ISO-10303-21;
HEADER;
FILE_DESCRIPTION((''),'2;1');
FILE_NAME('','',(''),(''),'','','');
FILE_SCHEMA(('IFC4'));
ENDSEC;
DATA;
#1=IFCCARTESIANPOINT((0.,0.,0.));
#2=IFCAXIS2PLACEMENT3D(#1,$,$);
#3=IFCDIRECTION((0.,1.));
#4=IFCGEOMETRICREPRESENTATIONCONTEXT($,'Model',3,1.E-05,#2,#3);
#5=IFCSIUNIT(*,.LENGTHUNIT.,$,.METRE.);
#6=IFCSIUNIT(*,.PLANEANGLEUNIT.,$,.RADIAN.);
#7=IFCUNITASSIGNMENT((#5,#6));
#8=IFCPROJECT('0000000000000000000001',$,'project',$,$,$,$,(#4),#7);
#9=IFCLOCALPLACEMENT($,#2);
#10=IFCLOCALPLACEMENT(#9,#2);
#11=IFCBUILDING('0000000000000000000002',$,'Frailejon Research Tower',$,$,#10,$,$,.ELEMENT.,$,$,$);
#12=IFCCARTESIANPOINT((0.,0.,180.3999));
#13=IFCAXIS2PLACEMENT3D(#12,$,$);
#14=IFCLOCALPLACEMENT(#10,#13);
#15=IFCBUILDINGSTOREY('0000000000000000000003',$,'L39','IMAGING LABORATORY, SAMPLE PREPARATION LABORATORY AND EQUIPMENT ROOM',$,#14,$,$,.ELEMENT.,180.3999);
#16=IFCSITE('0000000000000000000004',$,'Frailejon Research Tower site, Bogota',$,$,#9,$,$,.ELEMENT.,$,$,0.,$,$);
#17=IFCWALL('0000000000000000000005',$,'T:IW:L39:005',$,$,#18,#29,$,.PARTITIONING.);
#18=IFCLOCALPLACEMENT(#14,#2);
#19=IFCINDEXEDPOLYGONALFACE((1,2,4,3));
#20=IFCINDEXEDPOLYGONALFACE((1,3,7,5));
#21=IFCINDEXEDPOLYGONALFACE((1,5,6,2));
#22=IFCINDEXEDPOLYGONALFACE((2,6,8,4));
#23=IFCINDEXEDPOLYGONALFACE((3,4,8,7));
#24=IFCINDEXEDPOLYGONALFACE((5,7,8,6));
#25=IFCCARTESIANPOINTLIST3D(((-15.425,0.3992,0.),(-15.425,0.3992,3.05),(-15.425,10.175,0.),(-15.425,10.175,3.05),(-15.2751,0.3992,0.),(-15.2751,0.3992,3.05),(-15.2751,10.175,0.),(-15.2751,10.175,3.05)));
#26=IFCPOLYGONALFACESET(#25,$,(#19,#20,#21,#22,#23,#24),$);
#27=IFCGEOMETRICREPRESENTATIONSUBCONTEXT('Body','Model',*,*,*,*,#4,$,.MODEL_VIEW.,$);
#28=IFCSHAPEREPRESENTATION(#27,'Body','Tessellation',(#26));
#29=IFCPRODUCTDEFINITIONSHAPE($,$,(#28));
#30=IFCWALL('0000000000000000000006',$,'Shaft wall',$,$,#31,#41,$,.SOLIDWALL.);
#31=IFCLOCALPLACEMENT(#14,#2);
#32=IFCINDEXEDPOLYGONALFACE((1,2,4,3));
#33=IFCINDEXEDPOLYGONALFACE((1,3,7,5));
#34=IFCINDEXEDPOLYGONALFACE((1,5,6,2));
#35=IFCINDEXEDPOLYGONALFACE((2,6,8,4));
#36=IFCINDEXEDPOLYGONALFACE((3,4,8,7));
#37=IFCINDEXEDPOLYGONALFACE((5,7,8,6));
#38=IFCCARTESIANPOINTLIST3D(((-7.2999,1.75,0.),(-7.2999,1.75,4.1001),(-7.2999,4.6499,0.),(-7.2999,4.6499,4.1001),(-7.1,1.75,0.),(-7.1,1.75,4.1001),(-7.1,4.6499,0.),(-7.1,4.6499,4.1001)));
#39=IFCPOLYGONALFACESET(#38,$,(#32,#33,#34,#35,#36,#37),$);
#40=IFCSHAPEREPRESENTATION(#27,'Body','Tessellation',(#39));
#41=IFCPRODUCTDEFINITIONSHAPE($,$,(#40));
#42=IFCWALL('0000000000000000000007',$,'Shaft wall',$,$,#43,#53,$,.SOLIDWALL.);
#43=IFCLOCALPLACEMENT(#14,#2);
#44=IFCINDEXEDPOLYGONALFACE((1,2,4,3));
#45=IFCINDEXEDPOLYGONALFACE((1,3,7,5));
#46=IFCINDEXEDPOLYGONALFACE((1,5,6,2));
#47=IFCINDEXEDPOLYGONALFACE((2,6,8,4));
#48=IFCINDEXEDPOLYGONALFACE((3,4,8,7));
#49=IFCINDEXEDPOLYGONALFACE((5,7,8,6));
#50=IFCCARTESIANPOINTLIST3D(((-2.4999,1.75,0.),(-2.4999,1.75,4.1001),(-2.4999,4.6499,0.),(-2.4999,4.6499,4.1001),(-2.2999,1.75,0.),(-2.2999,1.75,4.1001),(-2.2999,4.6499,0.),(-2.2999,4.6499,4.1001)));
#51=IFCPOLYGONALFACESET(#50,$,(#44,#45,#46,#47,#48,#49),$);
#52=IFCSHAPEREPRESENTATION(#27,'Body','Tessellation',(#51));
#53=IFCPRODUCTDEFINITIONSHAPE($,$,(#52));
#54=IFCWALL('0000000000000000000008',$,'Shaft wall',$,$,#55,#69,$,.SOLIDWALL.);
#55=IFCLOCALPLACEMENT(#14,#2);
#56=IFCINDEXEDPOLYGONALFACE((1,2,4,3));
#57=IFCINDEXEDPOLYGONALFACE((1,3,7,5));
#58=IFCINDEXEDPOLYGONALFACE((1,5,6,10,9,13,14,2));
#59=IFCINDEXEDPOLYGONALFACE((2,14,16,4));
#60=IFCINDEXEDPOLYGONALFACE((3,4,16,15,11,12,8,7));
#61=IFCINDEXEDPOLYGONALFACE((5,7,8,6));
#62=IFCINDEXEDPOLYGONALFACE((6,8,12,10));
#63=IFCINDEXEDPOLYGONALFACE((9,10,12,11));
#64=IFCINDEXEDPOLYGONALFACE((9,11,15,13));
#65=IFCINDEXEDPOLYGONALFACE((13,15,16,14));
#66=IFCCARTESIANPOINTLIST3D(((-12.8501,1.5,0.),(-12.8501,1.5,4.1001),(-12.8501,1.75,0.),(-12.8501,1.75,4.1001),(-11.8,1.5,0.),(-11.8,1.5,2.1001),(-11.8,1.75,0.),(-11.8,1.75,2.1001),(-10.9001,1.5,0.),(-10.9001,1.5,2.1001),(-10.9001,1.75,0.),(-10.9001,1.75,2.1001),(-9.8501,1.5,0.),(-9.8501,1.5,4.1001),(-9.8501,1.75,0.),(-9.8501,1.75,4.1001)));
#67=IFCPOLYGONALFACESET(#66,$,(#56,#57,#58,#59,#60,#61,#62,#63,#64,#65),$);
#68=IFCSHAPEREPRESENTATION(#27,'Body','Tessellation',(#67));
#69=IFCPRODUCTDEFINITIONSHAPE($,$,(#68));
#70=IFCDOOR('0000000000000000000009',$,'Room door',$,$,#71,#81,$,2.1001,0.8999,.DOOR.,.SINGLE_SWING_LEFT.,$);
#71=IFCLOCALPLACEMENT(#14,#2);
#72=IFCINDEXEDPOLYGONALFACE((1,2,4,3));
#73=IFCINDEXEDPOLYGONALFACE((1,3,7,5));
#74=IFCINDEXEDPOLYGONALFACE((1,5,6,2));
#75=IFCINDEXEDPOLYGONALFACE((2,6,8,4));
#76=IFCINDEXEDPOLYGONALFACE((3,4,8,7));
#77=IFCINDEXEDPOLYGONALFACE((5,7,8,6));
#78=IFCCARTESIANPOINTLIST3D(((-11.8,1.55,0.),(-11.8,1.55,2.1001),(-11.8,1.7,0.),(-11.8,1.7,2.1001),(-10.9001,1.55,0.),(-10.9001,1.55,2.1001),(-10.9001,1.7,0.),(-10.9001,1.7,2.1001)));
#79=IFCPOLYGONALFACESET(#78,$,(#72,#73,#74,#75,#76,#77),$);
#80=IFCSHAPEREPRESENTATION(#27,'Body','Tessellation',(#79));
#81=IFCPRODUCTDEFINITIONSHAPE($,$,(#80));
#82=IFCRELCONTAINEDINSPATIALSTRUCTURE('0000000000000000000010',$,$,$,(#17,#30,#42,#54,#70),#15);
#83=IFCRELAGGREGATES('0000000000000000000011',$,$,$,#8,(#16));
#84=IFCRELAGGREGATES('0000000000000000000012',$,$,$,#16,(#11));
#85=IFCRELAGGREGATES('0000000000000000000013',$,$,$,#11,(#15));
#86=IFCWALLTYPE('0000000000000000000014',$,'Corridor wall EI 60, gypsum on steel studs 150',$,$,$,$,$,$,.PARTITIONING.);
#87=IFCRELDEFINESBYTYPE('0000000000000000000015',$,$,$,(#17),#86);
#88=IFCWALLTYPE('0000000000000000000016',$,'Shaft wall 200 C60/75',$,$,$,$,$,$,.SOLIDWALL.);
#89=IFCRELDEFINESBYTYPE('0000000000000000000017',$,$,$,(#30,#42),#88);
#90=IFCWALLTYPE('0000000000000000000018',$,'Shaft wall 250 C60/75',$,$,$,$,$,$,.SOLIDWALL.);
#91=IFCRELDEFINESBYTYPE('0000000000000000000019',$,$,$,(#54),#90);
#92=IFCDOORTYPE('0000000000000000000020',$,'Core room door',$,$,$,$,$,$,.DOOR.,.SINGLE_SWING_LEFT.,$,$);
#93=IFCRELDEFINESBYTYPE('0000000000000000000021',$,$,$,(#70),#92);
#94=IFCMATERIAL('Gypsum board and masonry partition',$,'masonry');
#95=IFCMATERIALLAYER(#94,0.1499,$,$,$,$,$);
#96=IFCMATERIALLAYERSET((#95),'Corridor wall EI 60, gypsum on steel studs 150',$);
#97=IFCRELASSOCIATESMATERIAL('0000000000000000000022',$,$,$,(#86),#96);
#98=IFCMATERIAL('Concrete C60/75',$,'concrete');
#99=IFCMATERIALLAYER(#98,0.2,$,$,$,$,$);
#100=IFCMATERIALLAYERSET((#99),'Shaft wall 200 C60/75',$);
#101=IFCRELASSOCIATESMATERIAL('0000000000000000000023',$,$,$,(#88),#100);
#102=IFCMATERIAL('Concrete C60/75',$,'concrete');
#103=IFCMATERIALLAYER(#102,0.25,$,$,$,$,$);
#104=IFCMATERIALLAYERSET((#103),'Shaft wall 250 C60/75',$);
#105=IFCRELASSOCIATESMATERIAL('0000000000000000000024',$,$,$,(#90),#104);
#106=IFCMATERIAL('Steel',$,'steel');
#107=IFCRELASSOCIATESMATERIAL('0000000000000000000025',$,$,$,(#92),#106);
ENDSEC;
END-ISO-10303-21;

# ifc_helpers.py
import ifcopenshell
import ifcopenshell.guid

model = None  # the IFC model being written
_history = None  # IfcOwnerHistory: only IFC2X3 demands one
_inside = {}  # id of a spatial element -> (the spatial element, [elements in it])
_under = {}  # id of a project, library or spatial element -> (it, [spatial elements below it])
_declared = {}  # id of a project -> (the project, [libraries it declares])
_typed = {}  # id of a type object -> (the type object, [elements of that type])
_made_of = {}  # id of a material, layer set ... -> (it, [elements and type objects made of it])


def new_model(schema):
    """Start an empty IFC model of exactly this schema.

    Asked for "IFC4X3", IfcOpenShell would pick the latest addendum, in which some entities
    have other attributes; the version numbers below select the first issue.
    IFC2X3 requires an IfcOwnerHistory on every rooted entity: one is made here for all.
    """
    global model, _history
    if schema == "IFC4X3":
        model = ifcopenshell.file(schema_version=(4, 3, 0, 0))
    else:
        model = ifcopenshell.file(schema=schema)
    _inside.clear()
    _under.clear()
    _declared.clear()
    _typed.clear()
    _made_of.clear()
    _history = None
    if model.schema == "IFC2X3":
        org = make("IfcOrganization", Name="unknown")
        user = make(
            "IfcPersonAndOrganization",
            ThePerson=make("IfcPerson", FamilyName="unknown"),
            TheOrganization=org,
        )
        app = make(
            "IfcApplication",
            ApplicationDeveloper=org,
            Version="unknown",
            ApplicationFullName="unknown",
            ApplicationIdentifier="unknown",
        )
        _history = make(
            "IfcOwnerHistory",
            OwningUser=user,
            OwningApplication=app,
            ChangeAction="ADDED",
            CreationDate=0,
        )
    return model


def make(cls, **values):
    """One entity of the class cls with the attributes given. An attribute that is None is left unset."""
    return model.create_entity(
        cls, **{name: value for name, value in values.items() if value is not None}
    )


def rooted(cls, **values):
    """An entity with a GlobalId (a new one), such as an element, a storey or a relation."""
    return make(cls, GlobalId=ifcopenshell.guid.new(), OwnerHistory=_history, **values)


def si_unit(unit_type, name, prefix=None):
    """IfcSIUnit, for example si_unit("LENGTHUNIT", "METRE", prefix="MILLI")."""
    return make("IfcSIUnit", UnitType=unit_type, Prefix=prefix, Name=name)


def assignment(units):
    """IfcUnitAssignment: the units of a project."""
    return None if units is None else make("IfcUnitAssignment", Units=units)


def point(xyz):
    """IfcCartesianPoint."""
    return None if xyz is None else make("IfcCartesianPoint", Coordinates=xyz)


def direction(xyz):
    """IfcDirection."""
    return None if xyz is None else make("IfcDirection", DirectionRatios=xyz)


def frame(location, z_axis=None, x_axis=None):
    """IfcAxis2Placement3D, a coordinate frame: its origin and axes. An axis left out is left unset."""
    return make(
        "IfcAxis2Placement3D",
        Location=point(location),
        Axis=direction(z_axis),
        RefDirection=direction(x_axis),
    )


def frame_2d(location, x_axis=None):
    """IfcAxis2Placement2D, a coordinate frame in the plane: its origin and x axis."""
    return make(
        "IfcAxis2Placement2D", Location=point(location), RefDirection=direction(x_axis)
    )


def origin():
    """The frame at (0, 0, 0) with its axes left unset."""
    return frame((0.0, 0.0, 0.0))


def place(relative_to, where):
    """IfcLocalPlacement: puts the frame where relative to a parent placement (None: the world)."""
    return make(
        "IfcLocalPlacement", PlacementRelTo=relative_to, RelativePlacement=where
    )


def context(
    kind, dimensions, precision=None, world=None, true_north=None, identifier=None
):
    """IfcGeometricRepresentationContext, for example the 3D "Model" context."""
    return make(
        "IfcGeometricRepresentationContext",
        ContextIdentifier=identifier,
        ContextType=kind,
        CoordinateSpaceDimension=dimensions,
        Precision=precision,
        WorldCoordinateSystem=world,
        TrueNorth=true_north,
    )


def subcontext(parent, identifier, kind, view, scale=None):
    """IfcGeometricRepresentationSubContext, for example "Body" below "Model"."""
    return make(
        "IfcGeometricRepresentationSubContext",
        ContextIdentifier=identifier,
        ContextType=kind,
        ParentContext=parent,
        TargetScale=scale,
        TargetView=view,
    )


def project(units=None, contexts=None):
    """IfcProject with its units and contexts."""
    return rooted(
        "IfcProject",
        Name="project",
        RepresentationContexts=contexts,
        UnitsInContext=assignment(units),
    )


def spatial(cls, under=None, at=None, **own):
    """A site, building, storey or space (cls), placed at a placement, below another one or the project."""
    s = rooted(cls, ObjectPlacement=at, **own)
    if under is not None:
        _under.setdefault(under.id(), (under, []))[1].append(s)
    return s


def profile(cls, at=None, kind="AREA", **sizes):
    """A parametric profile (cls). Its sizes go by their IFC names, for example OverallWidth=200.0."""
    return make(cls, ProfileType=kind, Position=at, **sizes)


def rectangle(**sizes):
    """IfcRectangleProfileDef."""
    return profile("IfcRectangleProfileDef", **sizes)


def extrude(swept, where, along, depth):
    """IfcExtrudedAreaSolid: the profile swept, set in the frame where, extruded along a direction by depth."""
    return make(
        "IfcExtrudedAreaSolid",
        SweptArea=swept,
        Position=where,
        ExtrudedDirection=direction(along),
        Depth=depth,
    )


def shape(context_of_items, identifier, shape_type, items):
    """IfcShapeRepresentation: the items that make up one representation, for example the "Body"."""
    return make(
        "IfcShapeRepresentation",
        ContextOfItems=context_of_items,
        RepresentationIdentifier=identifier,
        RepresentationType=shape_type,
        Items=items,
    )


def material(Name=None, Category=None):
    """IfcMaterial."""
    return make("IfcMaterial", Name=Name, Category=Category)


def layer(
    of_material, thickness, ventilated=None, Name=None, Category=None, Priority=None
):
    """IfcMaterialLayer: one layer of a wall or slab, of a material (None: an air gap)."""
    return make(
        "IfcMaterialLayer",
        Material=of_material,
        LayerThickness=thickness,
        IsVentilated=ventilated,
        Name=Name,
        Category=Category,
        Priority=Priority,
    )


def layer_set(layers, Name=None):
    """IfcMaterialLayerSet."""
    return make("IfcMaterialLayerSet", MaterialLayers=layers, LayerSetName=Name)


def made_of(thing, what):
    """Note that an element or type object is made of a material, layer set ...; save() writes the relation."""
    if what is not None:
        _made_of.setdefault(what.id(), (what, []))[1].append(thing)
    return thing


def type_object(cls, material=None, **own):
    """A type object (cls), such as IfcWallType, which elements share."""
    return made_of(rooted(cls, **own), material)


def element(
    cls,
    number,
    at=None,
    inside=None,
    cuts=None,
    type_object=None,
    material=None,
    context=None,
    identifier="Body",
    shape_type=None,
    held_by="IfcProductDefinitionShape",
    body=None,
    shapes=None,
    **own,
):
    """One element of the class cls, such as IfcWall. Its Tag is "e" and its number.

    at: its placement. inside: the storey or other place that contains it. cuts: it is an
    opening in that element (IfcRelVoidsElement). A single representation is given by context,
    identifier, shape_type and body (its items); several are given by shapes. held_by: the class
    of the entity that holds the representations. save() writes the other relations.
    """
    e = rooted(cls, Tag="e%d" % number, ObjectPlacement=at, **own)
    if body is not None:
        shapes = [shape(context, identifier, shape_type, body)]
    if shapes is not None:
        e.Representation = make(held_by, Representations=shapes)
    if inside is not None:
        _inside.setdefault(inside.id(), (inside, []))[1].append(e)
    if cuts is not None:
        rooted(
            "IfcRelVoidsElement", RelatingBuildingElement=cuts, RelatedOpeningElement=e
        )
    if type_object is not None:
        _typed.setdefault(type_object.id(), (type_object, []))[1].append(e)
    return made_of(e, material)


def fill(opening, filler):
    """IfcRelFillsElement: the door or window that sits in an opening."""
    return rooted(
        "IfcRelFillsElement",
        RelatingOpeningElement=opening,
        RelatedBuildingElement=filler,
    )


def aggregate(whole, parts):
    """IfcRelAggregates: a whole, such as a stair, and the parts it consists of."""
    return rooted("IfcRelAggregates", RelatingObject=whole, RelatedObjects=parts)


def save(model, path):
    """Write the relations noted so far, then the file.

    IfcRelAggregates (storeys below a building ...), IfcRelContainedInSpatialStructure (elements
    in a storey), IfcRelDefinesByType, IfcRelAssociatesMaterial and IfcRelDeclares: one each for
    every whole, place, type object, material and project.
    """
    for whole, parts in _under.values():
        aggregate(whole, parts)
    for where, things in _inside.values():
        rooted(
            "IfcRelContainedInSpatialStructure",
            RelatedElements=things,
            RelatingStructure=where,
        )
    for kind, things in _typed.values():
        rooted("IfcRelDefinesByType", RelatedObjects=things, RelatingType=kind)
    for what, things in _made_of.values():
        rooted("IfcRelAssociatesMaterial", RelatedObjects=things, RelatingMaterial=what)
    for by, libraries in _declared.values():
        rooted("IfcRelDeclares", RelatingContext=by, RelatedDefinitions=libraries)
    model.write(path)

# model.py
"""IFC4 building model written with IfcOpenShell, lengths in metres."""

from ifc_helpers import new_model, si_unit, direction, frame, frame_2d, origin, place, context, subcontext, project, spatial, rectangle, extrude, material, layer, layer_set, type_object, element, fill, save


model = new_model("IFC4")

# Units and contexts
model_context = context("Model", 3, precision=1e-05, world=origin(), true_north=direction((0.0, 1.0)))
body_context = subcontext(model_context, "Body", "Model", "MODEL_VIEW")
ifc_project = project(units=[si_unit("LENGTHUNIT", "METRE"), si_unit("PLANEANGLEUNIT", "RADIAN")], contexts=[model_context])

# Site, building, storey
site_placement = place(None, origin())
site = spatial("IfcSite", under=ifc_project, at=site_placement, Name="Frailejon Research Tower site, Bogota", CompositionType="ELEMENT", RefElevation=0.0)
building_placement = place(site_placement, origin())
building = spatial("IfcBuilding", under=site, at=building_placement, Name="Frailejon Research Tower", CompositionType="ELEMENT")
storey_placement = place(building_placement, frame((0.0, 0.0, 180.3999)))
storey = spatial("IfcBuildingStorey", under=building, at=storey_placement, Name="L39", Description="IMAGING LABORATORY, SAMPLE PREPARATION LABORATORY AND EQUIPMENT ROOM", CompositionType="ELEMENT", Elevation=180.3999)

# Walls
ifc_material_1 = material(Name="Gypsum board and masonry partition", Category="masonry")
ifc_layer_1 = layer(ifc_material_1, 0.1499)
ifc_layer_set_1 = layer_set([ifc_layer_1], Name="Corridor wall EI 60, gypsum on steel studs 150")
wall_type_1 = type_object("IfcWallType", Name="Corridor wall EI 60, gypsum on steel studs 150", PredefinedType="PARTITIONING", material=ifc_layer_set_1)
wall_1_placement = place(storey_placement, frame((-15.3501, 0.3992, 0.0), z_axis=(0.0, 0.0, 1.0), x_axis=(0.0, 1.0, 0.0)))
element("IfcWall", 1, at=wall_1_placement, inside=storey, type_object=wall_type_1, Name="T:IW:L39:005", PredefinedType="PARTITIONING", context=body_context, shape_type="SweptSolid", body=[
    extrude(rectangle(XDim=9.7759, YDim=0.1499, at=frame_2d((4.8879, 0.0))), origin(), (0.0, 0.0, 1.0), 3.05),
])
ifc_material_2 = material(Name="Concrete C60/75", Category="concrete")
ifc_layer_2 = layer(ifc_material_2, 0.2)
ifc_layer_set_2 = layer_set([ifc_layer_2], Name="Shaft wall 200 C60/75")
wall_type_2 = type_object("IfcWallType", Name="Shaft wall 200 C60/75", PredefinedType="SOLIDWALL", material=ifc_layer_set_2)
for number, where, z_axis, x_axis, name in (
    (2, (-7.2, 1.75, 0.0), (0.0, 0.0, 1.0), (0.0, 1.0, 0.0), "Shaft wall"),
    (3, (-2.3999, 1.75, 0.0), (0.0, 0.0, 1.0), (0.0, 1.0, 0.0), "Shaft wall"),
):
    element("IfcWall", number, at=place(storey_placement, frame(where, z_axis=z_axis, x_axis=x_axis)), inside=storey, type_object=wall_type_2, Name=name, PredefinedType="SOLIDWALL", context=body_context, shape_type="SweptSolid", body=[
        extrude(rectangle(XDim=2.8999, YDim=0.2, at=frame_2d((1.45, 0.0))), origin(), (0.0, 0.0, 1.0), 4.1001),
    ])

# Wall, opening, door
ifc_material_3 = material(Name="Concrete C60/75", Category="concrete")
ifc_layer_3 = layer(ifc_material_3, 0.25)
ifc_layer_set_3 = layer_set([ifc_layer_3], Name="Shaft wall 250 C60/75")
wall_type_3 = type_object("IfcWallType", Name="Shaft wall 250 C60/75", PredefinedType="SOLIDWALL", material=ifc_layer_set_3)
wall_2_placement = place(storey_placement, frame((-12.8501, 1.625, 0.0), z_axis=(0.0, 0.0, 1.0), x_axis=(1.0, 0.0, 0.0)))
wall_2 = element("IfcWall", 4, at=wall_2_placement, inside=storey, type_object=wall_type_3, Name="Shaft wall", PredefinedType="SOLIDWALL", context=body_context, shape_type="SweptSolid", body=[
    extrude(rectangle(XDim=3.0, YDim=0.25, at=frame_2d((1.5, 0.0))), origin(), (0.0, 0.0, 1.0), 4.1001),
])
opening_1_placement = place(wall_2_placement, frame((1.05, 0.0, 0.0)))
opening_1 = element("IfcOpeningElement", 5, at=opening_1_placement, cuts=wall_2, PredefinedType="OPENING", context=body_context, shape_type="SweptSolid", body=[
    extrude(rectangle(XDim=0.8999, YDim=2.1001, at=frame_2d((0.45, 1.05))), frame((0.0, 0.135, 0.0), z_axis=(0.0, -1.0, 0.0), x_axis=(1.0, 0.0, 0.0)), (0.0, 0.0, 1.0), 0.27),
])
ifc_material_4 = material(Name="Steel", Category="steel")
door_type_1 = type_object("IfcDoorType", Name="Core room door", OperationType="SINGLE_SWING_LEFT", PredefinedType="DOOR", material=ifc_material_4)
door_1_placement = place(opening_1_placement, origin())
door_1 = element("IfcDoor", 6, at=door_1_placement, inside=storey, type_object=door_type_1, Name="Room door", OperationType="SINGLE_SWING_LEFT", OverallHeight=2.1001, OverallWidth=0.8999, PredefinedType="DOOR", context=body_context, shape_type="SweptSolid", body=[
    extrude(rectangle(XDim=0.8999, YDim=2.1001, at=frame_2d((0.45, 1.05))), frame((0.0, 0.075, 0.0), z_axis=(0.0, -1.0, 0.0), x_axis=(1.0, 0.0, 0.0)), (0.0, 0.0, 1.0), 0.1499),
])
fill(opening_1, door_1)

save(model, "model.ifc")
